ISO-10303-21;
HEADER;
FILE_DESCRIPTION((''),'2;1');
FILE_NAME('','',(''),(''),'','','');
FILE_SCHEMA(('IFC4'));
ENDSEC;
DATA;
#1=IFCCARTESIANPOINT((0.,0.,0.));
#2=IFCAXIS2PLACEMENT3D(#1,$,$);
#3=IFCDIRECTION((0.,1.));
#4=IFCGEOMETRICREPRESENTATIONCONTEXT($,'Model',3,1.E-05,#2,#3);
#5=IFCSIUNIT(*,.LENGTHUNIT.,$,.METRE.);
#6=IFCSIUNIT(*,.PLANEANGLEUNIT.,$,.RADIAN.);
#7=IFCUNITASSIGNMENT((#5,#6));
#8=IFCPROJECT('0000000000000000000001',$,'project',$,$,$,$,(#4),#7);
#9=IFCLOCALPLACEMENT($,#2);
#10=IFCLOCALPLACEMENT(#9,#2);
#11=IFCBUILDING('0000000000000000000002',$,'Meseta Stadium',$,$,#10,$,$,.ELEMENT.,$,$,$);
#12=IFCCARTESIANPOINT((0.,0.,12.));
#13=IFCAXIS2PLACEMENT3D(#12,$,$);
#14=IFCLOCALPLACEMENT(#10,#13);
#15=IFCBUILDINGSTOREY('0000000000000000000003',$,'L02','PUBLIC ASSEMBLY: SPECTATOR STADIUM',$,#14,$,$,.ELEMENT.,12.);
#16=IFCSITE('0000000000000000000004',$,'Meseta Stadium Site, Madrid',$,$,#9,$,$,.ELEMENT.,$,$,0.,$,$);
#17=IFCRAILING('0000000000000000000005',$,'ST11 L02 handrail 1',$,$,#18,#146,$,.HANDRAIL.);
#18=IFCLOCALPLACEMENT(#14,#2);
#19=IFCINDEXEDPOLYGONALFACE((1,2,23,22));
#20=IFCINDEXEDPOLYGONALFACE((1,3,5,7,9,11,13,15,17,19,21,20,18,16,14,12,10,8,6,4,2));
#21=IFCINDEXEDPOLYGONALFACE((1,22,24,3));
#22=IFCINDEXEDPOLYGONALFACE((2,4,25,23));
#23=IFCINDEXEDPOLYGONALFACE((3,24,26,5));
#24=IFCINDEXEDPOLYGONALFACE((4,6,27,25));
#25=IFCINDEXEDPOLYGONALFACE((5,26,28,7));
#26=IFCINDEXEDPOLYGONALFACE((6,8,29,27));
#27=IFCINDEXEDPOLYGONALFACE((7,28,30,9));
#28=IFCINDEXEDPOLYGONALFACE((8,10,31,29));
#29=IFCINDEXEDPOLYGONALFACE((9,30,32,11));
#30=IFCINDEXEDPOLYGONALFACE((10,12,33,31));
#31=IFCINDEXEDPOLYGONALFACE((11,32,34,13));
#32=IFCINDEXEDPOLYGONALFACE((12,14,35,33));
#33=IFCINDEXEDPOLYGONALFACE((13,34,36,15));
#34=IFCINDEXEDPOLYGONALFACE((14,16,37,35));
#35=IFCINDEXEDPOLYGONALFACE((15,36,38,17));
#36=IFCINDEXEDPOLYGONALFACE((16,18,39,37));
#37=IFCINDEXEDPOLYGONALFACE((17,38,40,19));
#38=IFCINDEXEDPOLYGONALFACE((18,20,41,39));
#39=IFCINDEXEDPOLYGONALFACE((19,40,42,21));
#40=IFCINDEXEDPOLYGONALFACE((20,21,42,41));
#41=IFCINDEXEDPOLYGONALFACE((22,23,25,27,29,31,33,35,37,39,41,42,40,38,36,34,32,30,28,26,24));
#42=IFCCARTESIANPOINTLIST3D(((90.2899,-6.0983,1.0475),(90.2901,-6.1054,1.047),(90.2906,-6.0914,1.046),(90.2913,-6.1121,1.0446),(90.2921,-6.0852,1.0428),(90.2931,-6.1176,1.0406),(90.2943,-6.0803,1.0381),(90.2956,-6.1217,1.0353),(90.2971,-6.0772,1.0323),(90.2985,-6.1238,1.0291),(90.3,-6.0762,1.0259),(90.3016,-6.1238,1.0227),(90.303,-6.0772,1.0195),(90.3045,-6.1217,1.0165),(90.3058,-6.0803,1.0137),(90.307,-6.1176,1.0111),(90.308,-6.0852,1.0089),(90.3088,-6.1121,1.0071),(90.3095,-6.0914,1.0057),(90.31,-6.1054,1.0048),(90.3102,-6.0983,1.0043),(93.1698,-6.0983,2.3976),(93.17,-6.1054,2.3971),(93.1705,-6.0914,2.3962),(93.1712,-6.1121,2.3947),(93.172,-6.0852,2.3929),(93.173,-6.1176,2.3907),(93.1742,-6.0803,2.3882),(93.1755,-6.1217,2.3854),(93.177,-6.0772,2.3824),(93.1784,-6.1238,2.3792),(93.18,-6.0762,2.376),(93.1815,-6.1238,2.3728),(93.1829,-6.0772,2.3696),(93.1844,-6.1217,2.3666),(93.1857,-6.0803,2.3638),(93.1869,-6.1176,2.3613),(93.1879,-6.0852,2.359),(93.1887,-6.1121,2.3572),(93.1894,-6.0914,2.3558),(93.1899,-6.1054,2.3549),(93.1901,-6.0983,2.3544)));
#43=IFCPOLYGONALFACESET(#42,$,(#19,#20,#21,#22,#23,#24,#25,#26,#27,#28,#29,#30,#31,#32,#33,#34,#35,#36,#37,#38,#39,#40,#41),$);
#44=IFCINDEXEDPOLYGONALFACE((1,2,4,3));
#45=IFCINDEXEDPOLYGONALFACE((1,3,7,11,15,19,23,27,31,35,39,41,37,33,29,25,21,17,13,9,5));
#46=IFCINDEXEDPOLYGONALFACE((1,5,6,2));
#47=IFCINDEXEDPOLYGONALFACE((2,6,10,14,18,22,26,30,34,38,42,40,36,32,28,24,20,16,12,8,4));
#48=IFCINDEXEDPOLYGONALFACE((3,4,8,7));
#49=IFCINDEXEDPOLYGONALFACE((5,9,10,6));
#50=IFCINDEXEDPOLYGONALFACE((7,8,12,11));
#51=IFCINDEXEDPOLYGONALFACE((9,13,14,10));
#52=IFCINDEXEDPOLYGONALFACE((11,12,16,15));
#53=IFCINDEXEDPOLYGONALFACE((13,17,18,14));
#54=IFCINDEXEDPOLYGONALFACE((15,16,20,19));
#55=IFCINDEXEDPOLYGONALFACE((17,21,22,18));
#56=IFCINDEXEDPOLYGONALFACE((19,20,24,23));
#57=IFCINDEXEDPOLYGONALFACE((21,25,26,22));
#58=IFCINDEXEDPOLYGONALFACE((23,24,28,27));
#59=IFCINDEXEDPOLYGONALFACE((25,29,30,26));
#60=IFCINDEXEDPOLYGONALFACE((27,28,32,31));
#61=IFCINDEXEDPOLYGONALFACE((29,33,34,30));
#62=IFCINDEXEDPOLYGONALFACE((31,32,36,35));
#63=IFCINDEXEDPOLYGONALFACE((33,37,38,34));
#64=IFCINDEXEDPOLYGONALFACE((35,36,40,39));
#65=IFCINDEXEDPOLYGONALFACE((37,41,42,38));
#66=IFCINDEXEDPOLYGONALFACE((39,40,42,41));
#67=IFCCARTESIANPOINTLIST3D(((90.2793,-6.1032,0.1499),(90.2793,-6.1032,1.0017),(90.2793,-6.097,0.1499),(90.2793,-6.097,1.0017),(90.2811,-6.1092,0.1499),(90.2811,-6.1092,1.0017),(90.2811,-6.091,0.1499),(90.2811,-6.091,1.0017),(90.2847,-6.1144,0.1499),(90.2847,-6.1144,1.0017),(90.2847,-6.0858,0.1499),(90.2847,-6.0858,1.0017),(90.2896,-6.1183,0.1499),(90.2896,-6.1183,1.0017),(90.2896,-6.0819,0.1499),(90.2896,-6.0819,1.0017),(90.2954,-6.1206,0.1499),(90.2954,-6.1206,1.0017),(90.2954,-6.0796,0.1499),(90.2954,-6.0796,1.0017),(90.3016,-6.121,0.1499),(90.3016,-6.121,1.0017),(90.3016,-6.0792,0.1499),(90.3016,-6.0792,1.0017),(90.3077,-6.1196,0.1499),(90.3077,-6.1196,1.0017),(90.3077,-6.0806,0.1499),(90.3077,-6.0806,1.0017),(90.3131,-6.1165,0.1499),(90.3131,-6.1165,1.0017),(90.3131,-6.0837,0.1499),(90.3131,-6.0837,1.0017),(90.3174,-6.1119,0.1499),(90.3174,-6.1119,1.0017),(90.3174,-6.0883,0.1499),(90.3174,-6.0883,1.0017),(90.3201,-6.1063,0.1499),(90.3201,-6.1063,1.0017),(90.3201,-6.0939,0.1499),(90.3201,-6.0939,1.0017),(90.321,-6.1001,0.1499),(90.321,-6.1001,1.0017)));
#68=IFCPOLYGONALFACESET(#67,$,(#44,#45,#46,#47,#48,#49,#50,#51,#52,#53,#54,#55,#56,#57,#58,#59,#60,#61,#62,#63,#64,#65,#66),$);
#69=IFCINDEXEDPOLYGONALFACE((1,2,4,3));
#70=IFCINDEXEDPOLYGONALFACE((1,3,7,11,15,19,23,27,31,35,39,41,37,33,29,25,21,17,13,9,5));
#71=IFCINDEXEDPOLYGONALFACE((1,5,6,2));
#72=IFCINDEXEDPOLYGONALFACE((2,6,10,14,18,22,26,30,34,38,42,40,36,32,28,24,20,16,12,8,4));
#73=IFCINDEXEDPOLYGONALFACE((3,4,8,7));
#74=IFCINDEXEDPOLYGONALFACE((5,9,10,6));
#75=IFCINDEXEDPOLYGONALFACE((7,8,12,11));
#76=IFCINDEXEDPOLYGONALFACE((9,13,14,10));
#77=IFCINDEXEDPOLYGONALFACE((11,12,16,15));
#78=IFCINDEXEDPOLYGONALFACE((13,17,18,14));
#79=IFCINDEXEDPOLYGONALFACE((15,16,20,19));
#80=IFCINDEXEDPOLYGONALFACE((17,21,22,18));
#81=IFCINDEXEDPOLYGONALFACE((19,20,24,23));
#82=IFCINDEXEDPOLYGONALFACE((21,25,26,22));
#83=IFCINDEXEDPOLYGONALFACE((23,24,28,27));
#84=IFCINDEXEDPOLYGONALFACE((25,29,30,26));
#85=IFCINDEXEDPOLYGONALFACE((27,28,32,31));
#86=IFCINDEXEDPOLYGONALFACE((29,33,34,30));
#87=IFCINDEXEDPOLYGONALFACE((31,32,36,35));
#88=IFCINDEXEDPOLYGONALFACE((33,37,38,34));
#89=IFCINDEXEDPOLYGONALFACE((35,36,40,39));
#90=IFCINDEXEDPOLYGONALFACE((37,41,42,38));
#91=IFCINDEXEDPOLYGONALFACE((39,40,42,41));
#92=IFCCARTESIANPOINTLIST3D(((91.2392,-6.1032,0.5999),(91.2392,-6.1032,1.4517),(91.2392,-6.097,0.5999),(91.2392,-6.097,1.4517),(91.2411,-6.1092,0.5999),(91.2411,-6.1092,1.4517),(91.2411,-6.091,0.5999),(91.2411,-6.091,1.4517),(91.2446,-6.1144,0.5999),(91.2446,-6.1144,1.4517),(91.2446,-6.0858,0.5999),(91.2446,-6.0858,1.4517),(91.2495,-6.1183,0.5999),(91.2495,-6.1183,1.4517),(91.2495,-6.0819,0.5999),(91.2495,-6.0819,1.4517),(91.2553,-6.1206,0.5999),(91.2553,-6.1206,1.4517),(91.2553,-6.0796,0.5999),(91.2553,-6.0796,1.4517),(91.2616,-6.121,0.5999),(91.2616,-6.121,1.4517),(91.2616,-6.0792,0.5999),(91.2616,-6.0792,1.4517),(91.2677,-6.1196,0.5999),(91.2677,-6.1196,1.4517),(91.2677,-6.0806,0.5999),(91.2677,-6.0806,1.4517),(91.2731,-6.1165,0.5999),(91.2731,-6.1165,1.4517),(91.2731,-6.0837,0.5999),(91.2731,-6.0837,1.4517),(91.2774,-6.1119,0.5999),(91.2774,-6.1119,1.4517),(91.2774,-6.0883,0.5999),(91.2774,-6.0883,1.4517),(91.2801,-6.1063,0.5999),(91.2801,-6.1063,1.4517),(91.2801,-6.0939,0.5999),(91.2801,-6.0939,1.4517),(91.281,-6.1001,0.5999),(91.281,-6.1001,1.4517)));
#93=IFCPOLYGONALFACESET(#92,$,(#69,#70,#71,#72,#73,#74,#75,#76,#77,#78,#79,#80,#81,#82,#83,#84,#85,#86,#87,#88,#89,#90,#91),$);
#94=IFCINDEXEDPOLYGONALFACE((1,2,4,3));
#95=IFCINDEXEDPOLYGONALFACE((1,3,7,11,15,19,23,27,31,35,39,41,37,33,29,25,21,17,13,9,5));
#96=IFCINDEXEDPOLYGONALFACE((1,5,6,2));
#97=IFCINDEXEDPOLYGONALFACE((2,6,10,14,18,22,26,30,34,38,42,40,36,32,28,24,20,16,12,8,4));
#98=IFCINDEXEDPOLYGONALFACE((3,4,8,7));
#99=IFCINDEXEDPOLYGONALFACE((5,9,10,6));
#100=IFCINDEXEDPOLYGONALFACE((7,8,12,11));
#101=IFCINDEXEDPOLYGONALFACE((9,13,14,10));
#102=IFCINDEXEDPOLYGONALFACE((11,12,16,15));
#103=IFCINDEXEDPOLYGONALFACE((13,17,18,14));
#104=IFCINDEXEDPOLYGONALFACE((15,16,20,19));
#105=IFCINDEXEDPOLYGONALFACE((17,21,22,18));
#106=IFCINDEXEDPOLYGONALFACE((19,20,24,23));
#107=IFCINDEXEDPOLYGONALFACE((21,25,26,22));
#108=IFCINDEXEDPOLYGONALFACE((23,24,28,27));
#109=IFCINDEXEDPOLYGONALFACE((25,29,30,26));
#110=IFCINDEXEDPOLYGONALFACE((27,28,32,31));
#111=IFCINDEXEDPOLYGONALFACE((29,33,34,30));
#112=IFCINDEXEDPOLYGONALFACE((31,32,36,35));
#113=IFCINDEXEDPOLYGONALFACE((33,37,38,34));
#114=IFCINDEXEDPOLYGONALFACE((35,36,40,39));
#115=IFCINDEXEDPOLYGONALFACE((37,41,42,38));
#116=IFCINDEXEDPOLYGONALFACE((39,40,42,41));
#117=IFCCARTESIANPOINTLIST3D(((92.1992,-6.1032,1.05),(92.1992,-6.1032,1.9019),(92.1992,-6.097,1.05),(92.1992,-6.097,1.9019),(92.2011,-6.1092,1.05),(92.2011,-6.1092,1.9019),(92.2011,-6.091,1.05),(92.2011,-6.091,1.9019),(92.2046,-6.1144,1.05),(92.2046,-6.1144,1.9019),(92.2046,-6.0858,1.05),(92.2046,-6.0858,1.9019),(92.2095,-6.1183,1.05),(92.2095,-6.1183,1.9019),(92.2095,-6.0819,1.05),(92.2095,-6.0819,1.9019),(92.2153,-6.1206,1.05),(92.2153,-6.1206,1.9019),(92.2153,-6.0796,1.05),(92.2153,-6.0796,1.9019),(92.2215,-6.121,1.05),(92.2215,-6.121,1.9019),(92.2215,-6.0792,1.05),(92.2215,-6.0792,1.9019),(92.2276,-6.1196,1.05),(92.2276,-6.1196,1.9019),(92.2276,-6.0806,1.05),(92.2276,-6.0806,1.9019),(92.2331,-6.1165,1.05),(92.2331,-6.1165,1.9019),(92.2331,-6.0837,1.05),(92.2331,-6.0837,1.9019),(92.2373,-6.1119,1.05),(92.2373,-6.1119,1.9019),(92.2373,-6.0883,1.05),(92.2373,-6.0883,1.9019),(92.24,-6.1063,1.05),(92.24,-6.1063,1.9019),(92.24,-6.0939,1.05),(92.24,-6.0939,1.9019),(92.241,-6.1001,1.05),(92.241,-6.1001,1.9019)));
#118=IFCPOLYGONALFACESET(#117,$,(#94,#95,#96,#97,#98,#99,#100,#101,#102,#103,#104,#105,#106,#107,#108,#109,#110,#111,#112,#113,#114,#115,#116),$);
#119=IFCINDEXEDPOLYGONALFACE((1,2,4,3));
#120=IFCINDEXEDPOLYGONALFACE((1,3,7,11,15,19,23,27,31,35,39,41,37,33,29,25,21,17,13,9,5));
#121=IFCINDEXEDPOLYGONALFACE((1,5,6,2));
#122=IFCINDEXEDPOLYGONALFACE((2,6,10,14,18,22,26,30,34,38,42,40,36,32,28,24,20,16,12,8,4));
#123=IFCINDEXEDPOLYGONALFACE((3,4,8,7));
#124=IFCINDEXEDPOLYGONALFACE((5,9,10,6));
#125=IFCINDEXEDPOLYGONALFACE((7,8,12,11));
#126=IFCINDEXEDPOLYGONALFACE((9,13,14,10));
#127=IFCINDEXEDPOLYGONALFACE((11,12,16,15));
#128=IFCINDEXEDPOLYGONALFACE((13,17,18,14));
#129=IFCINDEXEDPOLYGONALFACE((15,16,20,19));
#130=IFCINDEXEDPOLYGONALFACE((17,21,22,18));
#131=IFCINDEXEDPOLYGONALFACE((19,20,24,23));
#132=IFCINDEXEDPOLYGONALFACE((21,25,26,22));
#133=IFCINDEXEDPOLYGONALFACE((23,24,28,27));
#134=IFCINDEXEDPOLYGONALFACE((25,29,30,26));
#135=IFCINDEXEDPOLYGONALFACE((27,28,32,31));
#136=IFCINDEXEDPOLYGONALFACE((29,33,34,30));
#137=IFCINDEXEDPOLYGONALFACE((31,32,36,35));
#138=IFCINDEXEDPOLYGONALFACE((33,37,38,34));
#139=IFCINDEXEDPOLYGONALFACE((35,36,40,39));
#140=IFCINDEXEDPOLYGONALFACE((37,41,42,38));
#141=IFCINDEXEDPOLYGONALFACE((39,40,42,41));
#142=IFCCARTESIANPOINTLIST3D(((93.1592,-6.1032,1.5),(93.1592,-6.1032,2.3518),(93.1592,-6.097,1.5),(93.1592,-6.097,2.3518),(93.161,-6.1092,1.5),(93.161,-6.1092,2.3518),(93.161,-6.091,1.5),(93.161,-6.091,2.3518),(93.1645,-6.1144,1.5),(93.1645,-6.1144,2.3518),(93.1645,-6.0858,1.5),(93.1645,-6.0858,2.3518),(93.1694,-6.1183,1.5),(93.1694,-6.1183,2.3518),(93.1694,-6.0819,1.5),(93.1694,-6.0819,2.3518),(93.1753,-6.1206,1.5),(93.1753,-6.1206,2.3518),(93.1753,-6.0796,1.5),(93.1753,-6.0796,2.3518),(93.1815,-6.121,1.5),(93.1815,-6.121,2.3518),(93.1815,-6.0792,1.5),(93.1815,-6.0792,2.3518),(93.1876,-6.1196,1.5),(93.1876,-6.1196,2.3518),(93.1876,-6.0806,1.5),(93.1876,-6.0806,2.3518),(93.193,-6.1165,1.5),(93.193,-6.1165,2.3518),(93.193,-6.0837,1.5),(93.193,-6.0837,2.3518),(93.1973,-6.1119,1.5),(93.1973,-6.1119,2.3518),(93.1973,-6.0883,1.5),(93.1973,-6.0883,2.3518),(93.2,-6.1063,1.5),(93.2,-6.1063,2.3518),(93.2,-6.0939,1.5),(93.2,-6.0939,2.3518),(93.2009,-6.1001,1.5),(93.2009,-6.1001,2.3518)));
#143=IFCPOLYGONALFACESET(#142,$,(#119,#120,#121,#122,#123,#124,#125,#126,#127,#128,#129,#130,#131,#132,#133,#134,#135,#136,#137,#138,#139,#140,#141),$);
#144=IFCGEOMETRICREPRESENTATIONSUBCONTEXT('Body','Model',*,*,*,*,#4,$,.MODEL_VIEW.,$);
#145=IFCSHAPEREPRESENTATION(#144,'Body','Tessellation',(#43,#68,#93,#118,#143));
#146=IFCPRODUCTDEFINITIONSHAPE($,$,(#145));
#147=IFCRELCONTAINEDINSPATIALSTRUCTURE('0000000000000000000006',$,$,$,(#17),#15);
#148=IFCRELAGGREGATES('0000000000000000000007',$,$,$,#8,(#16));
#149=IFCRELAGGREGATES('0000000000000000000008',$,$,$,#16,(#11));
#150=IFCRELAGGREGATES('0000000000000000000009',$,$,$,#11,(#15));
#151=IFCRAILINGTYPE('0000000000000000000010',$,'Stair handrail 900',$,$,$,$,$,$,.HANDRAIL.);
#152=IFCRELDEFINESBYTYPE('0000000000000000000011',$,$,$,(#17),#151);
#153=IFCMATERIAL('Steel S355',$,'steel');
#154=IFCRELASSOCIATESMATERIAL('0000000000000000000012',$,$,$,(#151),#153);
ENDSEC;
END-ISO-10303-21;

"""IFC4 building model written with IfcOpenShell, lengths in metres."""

from ifc_helpers import new_model, si_unit, direction, frame, origin, origin_2d, place, context, subcontext, project, spatial, circle, extrude, material, type_object, element, save


model = new_model("IFC4")

# Units and contexts
model_context = context("Model", 3, precision=1e-05, world=origin(), true_north=direction((0.0, 1.0)))
body_context = subcontext(model_context, "Body", "Model", "MODEL_VIEW")
ifc_project = project(units=[si_unit("LENGTHUNIT", "METRE"), si_unit("PLANEANGLEUNIT", "RADIAN")], contexts=[model_context])

# Site, building, storey
site_placement = place(None, origin())
site = spatial("IfcSite", under=ifc_project, at=site_placement, Name="Meseta Stadium Site, Madrid", CompositionType="ELEMENT", RefElevation=0.0)
building_placement = place(site_placement, origin())
building = spatial("IfcBuilding", under=site, at=building_placement, Name="Meseta Stadium", CompositionType="ELEMENT")
storey_placement = place(building_placement, frame((0.0, 0.0, 12.0)))
storey = spatial("IfcBuildingStorey", under=building, at=storey_placement, Name="L02", Description="PUBLIC ASSEMBLY: SPECTATOR STADIUM", CompositionType="ELEMENT", Elevation=12.0)

# Railing
ifc_material_1 = material(Name="Steel S355", Category="steel")
railing_type_1 = type_object("IfcRailingType", Name="Stair handrail 900", PredefinedType="HANDRAIL", material=ifc_material_1)
railing_1_placement = place(storey_placement, frame((90.3, -6.1001, 0.1499)))
element("IfcRailing", 1, at=railing_1_placement, inside=storey, type_object=railing_type_1, Name="ST11 L02 handrail 1", PredefinedType="HANDRAIL", context=body_context, shape_type="SweptSolid", body=[
    extrude(circle(Radius=0.0239, at=origin_2d()), frame((0.0, 0.0, 0.876), z_axis=(0.90544, 0.0, 0.424473), x_axis=(0.0, 1.0, 0.0)), (0.0, 0.0, 1.0), 3.1807),
    extrude(circle(Radius=0.021, at=origin_2d()), origin(), (0.0, 0.0, 1.0), 0.8518),
    extrude(circle(Radius=0.021, at=origin_2d()), frame((0.96, 0.0, 0.45)), (0.0, 0.0, 1.0), 0.8518),
    extrude(circle(Radius=0.021, at=origin_2d()), frame((1.9199, 0.0, 0.9001)), (0.0, 0.0, 1.0), 0.8518),
    extrude(circle(Radius=0.021, at=origin_2d()), frame((2.8799, 0.0, 1.3501)), (0.0, 0.0, 1.0), 0.8518),
])

save(model, "model.ifc")
